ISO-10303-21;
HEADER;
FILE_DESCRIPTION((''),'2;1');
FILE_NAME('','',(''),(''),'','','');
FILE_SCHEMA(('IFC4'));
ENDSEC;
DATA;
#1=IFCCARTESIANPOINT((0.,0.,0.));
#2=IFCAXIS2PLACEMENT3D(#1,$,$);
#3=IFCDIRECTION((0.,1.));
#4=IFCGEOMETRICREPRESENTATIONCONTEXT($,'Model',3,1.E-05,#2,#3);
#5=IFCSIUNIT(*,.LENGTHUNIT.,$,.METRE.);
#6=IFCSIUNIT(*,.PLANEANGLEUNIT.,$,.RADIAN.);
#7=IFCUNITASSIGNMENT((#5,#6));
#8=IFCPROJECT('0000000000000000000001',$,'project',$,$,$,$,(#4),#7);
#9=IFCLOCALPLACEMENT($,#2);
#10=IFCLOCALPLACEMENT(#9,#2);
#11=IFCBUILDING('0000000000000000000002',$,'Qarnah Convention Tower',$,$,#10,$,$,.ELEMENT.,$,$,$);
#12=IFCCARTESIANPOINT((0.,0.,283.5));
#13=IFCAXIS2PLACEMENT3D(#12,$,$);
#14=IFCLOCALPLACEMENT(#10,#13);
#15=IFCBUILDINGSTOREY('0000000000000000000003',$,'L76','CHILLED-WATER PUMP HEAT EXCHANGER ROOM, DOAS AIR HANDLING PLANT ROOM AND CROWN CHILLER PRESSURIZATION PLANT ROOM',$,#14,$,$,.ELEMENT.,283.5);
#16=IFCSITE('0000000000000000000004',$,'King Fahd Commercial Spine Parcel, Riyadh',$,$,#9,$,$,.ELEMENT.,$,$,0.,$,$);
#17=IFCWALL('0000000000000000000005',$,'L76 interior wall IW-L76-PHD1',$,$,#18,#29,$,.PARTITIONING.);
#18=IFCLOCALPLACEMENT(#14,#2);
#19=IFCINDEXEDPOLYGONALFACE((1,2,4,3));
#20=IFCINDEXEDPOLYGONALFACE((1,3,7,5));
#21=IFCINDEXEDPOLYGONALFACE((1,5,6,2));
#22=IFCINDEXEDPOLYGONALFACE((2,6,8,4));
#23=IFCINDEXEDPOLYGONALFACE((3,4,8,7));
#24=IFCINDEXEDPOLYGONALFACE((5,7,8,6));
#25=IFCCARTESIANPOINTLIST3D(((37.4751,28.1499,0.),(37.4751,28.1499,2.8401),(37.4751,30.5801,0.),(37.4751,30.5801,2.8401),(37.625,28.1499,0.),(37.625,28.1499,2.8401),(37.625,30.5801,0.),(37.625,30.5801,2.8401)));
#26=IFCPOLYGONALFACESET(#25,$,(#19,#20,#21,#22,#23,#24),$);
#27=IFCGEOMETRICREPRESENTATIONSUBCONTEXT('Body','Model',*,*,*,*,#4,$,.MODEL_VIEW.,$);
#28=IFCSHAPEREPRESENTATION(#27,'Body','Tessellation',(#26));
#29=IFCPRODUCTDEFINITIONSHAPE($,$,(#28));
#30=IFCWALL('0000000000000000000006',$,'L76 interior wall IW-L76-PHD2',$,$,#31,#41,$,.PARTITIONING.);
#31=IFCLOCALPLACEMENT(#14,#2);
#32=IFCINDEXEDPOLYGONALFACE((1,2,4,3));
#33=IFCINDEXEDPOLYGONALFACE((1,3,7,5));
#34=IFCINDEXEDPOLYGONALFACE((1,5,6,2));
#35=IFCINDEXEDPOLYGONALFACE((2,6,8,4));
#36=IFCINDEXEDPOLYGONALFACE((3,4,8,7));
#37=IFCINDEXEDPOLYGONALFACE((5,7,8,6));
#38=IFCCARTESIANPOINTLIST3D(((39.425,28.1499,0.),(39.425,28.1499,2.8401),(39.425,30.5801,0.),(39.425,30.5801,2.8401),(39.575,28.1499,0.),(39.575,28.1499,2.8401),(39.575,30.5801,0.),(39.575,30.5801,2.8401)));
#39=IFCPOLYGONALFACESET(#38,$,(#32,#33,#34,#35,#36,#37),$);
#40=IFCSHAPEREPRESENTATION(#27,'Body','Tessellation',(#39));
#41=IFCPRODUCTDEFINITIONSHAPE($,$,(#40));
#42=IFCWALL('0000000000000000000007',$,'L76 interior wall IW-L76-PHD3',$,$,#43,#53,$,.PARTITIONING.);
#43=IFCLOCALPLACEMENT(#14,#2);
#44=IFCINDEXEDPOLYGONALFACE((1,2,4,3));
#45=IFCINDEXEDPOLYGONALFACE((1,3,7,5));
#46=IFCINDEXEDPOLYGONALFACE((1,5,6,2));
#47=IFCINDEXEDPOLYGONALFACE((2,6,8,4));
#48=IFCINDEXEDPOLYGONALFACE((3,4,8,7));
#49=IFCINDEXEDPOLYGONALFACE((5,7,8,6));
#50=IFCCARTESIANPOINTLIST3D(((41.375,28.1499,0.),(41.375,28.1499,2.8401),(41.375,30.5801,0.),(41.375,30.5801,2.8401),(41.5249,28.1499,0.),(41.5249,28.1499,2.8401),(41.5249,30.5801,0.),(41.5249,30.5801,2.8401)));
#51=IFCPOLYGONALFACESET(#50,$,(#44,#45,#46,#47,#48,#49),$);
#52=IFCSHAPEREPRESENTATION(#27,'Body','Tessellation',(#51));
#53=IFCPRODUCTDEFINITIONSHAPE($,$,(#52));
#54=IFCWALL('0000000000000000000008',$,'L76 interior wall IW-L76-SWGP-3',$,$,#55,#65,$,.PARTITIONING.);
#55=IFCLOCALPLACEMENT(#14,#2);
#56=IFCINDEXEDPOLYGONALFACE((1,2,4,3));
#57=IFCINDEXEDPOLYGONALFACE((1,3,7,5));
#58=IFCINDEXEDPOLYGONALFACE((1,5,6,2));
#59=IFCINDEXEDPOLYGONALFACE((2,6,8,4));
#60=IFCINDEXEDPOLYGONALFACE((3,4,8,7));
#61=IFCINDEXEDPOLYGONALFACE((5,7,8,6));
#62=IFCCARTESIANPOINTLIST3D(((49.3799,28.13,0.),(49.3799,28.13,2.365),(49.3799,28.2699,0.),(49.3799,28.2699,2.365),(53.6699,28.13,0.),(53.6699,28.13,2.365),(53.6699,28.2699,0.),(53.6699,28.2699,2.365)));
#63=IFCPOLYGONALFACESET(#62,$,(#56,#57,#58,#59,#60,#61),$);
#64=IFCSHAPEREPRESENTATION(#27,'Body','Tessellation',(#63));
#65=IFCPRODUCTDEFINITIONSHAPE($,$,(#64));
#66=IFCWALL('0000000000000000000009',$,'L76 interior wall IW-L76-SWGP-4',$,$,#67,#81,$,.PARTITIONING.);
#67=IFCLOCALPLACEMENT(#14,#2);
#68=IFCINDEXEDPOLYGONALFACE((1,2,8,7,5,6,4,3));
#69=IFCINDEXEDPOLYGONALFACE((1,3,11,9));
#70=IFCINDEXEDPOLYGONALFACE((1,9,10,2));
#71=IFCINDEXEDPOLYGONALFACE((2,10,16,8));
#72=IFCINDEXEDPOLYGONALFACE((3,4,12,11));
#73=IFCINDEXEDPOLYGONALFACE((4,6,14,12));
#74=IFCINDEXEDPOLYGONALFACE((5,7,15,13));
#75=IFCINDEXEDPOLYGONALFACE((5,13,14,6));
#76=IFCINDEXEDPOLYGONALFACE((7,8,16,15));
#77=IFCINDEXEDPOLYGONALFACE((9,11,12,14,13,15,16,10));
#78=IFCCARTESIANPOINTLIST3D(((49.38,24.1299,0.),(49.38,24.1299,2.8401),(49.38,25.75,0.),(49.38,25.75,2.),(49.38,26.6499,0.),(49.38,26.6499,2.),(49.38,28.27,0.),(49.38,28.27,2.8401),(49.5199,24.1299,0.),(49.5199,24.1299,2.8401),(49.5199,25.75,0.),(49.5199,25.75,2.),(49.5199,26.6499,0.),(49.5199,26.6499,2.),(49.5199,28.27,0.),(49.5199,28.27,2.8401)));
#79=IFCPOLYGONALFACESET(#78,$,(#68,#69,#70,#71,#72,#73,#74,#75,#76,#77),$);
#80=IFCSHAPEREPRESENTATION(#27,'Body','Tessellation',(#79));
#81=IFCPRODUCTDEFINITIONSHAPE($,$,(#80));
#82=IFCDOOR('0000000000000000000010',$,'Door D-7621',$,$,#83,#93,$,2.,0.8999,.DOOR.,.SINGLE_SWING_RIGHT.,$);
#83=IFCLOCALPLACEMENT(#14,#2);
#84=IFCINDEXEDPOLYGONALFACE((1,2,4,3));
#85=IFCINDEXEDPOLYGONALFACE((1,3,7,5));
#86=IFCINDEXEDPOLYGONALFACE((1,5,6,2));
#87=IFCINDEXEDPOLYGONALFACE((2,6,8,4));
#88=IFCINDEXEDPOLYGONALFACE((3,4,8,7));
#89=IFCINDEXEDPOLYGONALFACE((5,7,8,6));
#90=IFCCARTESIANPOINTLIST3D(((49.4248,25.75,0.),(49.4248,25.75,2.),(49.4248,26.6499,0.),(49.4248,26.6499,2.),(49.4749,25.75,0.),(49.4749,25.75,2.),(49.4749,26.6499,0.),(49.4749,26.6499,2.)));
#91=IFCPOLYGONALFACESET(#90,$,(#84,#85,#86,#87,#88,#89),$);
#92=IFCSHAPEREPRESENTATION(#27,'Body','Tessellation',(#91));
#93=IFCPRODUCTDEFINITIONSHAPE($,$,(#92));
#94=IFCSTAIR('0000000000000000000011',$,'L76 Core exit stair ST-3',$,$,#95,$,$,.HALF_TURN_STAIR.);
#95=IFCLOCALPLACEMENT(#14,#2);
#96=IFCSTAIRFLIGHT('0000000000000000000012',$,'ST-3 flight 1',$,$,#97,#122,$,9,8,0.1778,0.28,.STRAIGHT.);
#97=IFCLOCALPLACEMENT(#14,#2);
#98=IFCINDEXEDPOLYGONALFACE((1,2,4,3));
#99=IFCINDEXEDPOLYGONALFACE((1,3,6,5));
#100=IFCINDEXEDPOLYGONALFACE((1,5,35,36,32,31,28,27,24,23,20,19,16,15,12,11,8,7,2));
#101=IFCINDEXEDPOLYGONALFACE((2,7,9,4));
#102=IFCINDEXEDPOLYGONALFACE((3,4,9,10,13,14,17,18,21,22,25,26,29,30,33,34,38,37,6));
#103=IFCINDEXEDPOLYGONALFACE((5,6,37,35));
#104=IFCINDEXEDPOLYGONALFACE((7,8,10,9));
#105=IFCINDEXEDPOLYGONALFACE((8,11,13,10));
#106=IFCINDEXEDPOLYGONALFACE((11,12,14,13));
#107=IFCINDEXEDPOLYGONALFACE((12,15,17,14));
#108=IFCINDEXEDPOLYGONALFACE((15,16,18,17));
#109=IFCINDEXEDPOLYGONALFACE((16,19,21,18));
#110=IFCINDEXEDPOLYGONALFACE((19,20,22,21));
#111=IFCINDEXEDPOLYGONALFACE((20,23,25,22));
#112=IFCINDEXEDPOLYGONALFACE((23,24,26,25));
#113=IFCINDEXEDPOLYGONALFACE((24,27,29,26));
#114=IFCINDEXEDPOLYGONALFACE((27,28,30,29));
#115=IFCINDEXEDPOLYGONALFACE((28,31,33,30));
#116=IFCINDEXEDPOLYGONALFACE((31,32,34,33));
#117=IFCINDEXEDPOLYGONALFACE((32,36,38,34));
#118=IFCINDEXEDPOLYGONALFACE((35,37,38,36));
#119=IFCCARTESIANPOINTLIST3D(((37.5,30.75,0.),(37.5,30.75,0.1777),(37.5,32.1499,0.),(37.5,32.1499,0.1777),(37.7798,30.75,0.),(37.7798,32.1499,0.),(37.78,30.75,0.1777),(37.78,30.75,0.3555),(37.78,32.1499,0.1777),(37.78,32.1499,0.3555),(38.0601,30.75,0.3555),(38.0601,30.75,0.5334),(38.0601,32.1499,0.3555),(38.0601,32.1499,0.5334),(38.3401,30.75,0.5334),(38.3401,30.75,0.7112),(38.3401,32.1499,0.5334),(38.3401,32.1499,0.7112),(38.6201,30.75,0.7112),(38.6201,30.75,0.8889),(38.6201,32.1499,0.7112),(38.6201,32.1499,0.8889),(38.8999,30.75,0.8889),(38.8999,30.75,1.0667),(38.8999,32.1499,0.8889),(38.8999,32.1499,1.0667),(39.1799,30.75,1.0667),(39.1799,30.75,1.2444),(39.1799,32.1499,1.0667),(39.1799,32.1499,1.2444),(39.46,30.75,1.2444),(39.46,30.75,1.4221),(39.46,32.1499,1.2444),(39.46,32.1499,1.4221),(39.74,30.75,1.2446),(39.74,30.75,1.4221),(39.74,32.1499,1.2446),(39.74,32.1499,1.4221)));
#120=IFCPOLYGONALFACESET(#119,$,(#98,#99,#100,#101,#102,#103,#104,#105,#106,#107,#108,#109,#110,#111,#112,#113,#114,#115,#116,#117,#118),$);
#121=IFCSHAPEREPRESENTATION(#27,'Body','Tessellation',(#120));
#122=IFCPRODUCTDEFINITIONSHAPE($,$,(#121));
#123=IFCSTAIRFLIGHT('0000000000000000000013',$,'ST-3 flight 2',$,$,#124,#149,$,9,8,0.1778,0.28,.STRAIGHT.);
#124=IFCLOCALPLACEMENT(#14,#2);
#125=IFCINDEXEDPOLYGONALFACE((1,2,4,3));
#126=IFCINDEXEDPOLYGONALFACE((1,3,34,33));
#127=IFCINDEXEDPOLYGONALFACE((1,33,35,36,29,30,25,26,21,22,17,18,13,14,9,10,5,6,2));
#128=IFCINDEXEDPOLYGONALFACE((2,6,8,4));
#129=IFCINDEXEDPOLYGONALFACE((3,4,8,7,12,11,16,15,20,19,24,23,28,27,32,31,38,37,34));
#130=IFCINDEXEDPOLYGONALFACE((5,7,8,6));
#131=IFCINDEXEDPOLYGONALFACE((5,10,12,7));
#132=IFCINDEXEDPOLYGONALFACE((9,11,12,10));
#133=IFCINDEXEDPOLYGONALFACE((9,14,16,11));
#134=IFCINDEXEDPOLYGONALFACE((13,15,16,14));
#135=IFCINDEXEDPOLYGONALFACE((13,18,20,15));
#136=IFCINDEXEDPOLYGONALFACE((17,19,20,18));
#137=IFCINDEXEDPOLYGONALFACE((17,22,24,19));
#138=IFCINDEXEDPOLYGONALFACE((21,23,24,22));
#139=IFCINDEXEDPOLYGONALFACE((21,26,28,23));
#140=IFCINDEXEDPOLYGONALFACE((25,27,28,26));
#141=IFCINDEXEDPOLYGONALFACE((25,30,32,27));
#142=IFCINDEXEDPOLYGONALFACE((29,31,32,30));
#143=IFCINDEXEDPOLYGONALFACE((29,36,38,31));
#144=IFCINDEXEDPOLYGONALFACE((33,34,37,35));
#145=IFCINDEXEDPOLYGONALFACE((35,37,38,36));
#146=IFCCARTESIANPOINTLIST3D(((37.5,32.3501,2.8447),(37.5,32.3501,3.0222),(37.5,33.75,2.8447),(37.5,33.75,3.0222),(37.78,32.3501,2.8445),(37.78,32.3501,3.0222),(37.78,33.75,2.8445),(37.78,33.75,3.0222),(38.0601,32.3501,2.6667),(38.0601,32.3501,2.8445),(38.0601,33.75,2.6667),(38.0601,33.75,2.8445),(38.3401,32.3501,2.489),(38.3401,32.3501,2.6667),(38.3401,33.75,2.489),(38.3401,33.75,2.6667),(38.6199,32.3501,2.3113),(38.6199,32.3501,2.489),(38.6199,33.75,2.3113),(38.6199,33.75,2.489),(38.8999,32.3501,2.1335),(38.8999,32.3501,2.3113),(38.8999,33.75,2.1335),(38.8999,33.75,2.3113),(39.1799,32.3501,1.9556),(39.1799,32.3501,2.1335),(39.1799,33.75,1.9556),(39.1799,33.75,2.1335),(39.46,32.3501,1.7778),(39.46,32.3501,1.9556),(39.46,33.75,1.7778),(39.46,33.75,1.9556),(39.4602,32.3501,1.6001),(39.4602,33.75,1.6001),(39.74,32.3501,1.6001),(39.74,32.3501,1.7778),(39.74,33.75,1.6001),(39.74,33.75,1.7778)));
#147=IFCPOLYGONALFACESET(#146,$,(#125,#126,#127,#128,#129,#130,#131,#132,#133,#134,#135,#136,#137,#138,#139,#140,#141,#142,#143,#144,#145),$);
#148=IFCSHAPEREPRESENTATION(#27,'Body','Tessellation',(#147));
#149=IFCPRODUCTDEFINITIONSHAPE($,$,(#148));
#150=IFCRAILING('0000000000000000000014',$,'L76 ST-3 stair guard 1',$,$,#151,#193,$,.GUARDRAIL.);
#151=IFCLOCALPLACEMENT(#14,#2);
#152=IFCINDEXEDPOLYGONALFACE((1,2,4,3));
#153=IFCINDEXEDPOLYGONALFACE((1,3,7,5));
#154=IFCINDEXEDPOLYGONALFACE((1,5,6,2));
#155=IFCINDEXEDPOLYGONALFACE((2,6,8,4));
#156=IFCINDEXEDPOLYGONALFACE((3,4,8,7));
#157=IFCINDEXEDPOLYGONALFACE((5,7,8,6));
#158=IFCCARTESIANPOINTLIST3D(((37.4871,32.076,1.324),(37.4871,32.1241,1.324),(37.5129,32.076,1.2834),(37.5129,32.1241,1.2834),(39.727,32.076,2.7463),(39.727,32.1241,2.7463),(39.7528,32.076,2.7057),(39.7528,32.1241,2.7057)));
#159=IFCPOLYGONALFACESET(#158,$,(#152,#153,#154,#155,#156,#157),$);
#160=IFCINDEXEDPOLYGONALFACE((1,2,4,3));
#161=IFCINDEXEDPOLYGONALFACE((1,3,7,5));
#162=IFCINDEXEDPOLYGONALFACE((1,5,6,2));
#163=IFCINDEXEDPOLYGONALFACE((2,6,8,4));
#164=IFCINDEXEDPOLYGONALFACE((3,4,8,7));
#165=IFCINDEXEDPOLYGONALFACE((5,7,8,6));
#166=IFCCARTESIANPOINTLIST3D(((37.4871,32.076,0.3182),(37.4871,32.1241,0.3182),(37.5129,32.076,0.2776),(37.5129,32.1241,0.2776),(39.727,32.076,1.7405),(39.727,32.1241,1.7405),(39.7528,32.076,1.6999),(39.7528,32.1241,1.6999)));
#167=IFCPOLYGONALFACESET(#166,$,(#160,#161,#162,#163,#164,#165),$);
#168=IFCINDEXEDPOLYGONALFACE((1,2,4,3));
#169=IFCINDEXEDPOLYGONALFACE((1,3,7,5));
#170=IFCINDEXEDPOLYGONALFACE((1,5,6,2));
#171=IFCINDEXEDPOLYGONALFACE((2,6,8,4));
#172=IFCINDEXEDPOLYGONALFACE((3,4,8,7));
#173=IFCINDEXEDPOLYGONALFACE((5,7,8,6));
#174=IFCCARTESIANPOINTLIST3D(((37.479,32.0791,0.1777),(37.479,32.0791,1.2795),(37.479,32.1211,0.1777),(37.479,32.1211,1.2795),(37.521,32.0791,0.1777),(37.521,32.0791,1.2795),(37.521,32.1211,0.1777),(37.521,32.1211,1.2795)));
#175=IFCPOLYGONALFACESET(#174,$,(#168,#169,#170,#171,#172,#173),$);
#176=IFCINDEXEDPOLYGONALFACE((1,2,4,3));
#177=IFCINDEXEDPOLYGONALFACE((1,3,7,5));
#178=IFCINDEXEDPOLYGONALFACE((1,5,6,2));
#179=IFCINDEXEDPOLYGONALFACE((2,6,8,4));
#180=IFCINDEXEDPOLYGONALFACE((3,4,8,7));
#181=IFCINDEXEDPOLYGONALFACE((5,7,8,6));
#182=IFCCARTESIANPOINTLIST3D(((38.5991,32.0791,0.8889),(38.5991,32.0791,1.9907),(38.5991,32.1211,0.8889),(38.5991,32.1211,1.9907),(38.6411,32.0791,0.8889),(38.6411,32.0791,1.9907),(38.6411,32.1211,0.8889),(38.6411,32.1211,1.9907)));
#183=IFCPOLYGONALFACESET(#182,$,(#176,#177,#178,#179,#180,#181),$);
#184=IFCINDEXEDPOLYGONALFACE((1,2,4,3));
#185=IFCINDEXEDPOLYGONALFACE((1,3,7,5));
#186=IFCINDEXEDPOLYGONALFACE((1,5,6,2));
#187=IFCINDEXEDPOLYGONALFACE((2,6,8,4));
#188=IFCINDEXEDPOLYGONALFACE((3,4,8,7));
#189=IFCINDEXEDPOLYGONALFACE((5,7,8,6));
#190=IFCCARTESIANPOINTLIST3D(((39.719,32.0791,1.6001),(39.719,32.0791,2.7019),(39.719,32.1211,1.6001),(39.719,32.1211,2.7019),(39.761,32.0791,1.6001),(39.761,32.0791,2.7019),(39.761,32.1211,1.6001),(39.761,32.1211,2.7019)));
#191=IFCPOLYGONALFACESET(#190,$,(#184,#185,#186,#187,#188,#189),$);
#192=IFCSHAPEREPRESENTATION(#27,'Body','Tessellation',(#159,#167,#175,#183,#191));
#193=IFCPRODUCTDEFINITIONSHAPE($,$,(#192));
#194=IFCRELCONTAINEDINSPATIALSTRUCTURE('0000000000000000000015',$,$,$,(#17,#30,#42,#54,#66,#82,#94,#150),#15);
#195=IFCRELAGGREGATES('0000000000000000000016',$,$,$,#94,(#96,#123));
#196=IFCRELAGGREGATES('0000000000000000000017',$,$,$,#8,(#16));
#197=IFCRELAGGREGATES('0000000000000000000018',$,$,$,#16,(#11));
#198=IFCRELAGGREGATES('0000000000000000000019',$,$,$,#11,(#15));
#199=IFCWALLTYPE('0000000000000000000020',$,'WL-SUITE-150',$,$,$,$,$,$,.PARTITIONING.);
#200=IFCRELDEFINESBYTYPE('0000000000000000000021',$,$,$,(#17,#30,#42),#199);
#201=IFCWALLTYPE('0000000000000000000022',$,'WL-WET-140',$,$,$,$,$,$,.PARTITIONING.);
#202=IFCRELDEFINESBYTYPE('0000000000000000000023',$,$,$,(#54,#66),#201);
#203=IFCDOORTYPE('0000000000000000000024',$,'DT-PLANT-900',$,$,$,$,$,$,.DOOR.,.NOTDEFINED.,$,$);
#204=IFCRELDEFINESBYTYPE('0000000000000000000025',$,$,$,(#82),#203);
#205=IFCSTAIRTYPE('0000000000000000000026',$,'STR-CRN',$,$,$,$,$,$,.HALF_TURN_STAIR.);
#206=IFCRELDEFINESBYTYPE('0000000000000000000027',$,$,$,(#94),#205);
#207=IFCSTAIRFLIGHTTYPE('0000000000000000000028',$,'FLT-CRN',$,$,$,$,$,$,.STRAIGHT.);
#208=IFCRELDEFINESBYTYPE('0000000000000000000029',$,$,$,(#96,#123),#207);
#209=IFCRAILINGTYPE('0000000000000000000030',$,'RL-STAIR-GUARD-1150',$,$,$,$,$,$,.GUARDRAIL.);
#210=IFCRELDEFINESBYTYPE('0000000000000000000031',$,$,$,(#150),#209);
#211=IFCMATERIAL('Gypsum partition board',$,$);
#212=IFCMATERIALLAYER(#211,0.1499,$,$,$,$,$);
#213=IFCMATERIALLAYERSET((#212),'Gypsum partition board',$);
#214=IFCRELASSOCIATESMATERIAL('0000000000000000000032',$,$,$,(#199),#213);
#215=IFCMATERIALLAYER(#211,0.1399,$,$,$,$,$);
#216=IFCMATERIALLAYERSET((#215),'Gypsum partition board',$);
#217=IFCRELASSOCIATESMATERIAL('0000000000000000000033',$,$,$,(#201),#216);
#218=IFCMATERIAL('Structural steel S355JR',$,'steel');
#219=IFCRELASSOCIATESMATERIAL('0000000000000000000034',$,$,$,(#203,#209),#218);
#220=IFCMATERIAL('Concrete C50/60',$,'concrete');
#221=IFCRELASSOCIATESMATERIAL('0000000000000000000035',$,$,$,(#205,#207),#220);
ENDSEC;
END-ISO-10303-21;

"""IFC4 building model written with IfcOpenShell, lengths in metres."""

from ifc_helpers import new_model, si_unit, direction, frame, frame_2d, origin, origin_2d, place, context, subcontext, project, spatial, polyline, rectangle, outline, extrude, material, layer, layer_set, type_object, element, fill, aggregate, save


model = new_model("IFC4")

# Units and contexts
model_context = context("Model", 3, precision=1e-05, world=origin(), true_north=direction((0.0, 1.0)))
body_context = subcontext(model_context, "Body", "Model", "MODEL_VIEW")
ifc_project = project(units=[si_unit("LENGTHUNIT", "METRE"), si_unit("PLANEANGLEUNIT", "RADIAN")], contexts=[model_context])

# Site, building, storey
site_placement = place(None, origin())
site = spatial("IfcSite", under=ifc_project, at=site_placement, Name="King Fahd Commercial Spine Parcel, Riyadh", CompositionType="ELEMENT", RefElevation=0.0)
building_placement = place(site_placement, origin())
building = spatial("IfcBuilding", under=site, at=building_placement, Name="Qarnah Convention Tower", CompositionType="ELEMENT")
storey_placement = place(building_placement, frame((0.0, 0.0, 283.5)))
storey = spatial("IfcBuildingStorey", under=building, at=storey_placement, Name="L76", Description="CHILLED-WATER PUMP HEAT EXCHANGER ROOM, DOAS AIR HANDLING PLANT ROOM AND CROWN CHILLER PRESSURIZATION PLANT ROOM", CompositionType="ELEMENT", Elevation=283.5)

# Shared definitions
ifc_material_1 = material(Name="Structural steel S355JR", Category="steel")

# Walls
ifc_material_2 = material(Name="Gypsum partition board")
ifc_layer_1 = layer(ifc_material_2, 0.1499)
ifc_layer_set_1 = layer_set([ifc_layer_1], Name="Gypsum partition board")
wall_type_1 = type_object("IfcWallType", Name="WL-SUITE-150", PredefinedType="PARTITIONING", material=ifc_layer_set_1)
for number, where, z_axis, x_axis, name in (
    (1, (37.55, 28.1499, 0.0), (0.0, 0.0, 1.0), (0.0, 1.0, 0.0), "L76 interior wall IW-L76-PHD1"),
    (2, (39.5, 28.1499, 0.0), (0.0, 0.0, 1.0), (0.0, 1.0, 0.0), "L76 interior wall IW-L76-PHD2"),
    (3, (41.45, 28.1499, 0.0), (0.0, 0.0, 1.0), (0.0, 1.0, 0.0), "L76 interior wall IW-L76-PHD3"),
):
    element("IfcWall", number, at=place(storey_placement, frame(where, z_axis=z_axis, x_axis=x_axis)), inside=storey, type_object=wall_type_1, Name=name, PredefinedType="PARTITIONING", context=body_context, shape_type="SweptSolid", body=[
        extrude(rectangle(XDim=2.4302, YDim=0.1499, at=frame_2d((1.2151, 0.0))), origin(), (0.0, 0.0, 1.0), 2.8401),
    ])
ifc_layer_2 = layer(ifc_material_2, 0.1399)
ifc_layer_set_2 = layer_set([ifc_layer_2], Name="Gypsum partition board")
wall_type_2 = type_object("IfcWallType", Name="WL-WET-140", PredefinedType="PARTITIONING", material=ifc_layer_set_2)
wall_1_placement = place(storey_placement, frame((53.6699, 28.2, 0.0), z_axis=(0.0, 0.0, 1.0), x_axis=(-1.0, 0.0, 0.0)))
element("IfcWall", 4, at=wall_1_placement, inside=storey, type_object=wall_type_2, Name="L76 interior wall IW-L76-SWGP-3", PredefinedType="PARTITIONING", context=body_context, shape_type="SweptSolid", body=[
    extrude(rectangle(XDim=4.29, YDim=0.1399, at=frame_2d((2.145, 0.0))), origin(), (0.0, 0.0, 1.0), 2.365),
])

# Wall, opening, door
wall_2_placement = place(storey_placement, frame((49.45, 28.27, 0.0), z_axis=(0.0, 0.0, 1.0), x_axis=(0.0, -1.0, 0.0)))
wall_2 = element("IfcWall", 5, at=wall_2_placement, inside=storey, type_object=wall_type_2, Name="L76 interior wall IW-L76-SWGP-4", PredefinedType="PARTITIONING", context=body_context, shape_type="SweptSolid", body=[
    extrude(rectangle(XDim=4.1401, YDim=0.1399, at=frame_2d((2.0701, 0.0))), origin(), (0.0, 0.0, 1.0), 2.8401),
])
opening_1_placement = place(wall_2_placement, frame((1.6201, 0.0, 0.0)))
opening_1 = element("IfcOpeningElement", 6, at=opening_1_placement, cuts=wall_2, PredefinedType="OPENING", context=body_context, shape_type="SweptSolid", body=[
    extrude(rectangle(XDim=0.8999, YDim=2.0, at=frame_2d((0.45, 1.0))), frame((0.0, 0.0798, 0.0), z_axis=(0.0, -1.0, 0.0), x_axis=(1.0, 0.0, 0.0)), (0.0, 0.0, 1.0), 0.1599),
])
door_type_1 = type_object("IfcDoorType", Name="DT-PLANT-900", OperationType="NOTDEFINED", PredefinedType="DOOR", material=ifc_material_1)
door_1_placement = place(opening_1_placement, origin())
door_1 = element("IfcDoor", 7, at=door_1_placement, inside=storey, type_object=door_type_1, Name="Door D-7621", OperationType="SINGLE_SWING_RIGHT", OverallHeight=2.0, OverallWidth=0.8999, PredefinedType="DOOR", context=body_context, shape_type="SweptSolid", body=[
    extrude(rectangle(XDim=0.8999, YDim=2.0, at=frame_2d((0.45, 1.0))), frame((0.0, 0.0249, 0.0), z_axis=(0.0, -1.0, 0.0), x_axis=(1.0, 0.0, 0.0)), (0.0, 0.0, 1.0), 0.05),
])
fill(opening_1, door_1)

# Stair, stair flights
ifc_material_3 = material(Name="Concrete C50/60", Category="concrete")
stair_type = type_object("IfcStairType", Name="STR-CRN", PredefinedType="HALF_TURN_STAIR", material=ifc_material_3)
stair_placement = place(storey_placement, origin())
stair = element("IfcStair", 8, at=stair_placement, inside=storey, type_object=stair_type, Name="L76 Core exit stair ST-3", PredefinedType="HALF_TURN_STAIR")
stair_flight_type = type_object("IfcStairFlightType", Name="FLT-CRN", PredefinedType="STRAIGHT", material=ifc_material_3)
stair_flight_1_placement = place(storey_placement, frame((37.5, 31.45, 0.0), z_axis=(0.0, 0.0, 1.0), x_axis=(1.0, 0.0, 0.0)))
stair_flight_1 = element("IfcStairFlight", 9, at=stair_flight_1_placement, type_object=stair_flight_type, Name="ST-3 flight 1", NumberOfRisers=9, NumberOfTreads=8, PredefinedType="STRAIGHT", RiserHeight=0.1778, TreadLength=0.28, context=body_context, shape_type="SweptSolid", body=[
    extrude(outline(polyline([(0.0, 0.0), (0.0, 0.1777), (0.28, 0.1777), (0.28, 0.3555), (0.5601, 0.3555), (0.5601, 0.5334), (0.8401, 0.5334), (0.8401, 0.7112), (1.1201, 0.7112), (1.1201, 0.8889), (1.3999, 0.8889), (1.3999, 1.0667), (1.6799, 1.0667), (1.6799, 1.2444), (1.96, 1.2444), (1.96, 1.4221), (2.24, 1.4221), (2.24, 1.6001), (2.24, 1.2446), (0.2798, 0.0), (0.0, 0.0)])), frame((0.0, 0.7, 0.0), z_axis=(0.0, -1.0, 0.0), x_axis=(1.0, 0.0, 0.0)), (0.0, 0.0, 1.0), 1.3999),
])
stair_flight_2_placement = place(storey_placement, frame((39.74, 33.05, 1.6001), z_axis=(0.0, 0.0, 1.0), x_axis=(-1.0, 0.0, 0.0)))
stair_flight_2 = element("IfcStairFlight", 10, at=stair_flight_2_placement, type_object=stair_flight_type, Name="ST-3 flight 2", NumberOfRisers=9, NumberOfTreads=8, PredefinedType="STRAIGHT", RiserHeight=0.1778, TreadLength=0.28, context=body_context, shape_type="SweptSolid", body=[
    extrude(outline(polyline([(0.0, 0.0), (0.0, 0.1777), (0.28, 0.1777), (0.28, 0.3555), (0.5601, 0.3555), (0.5601, 0.5334), (0.8401, 0.5334), (0.8401, 0.7112), (1.1201, 0.7112), (1.1201, 0.8889), (1.3999, 0.8889), (1.3999, 1.0667), (1.6799, 1.0667), (1.6799, 1.2444), (1.96, 1.2444), (1.96, 1.4221), (2.24, 1.4221), (2.24, 1.6001), (2.24, 1.2446), (0.2798, 0.0), (0.0, 0.0)])), frame((0.0, 0.7, 0.0), z_axis=(0.0, -1.0, 0.0), x_axis=(1.0, 0.0, 0.0)), (0.0, 0.0, 1.0), 1.3999),
])
aggregate(stair, [stair_flight_1, stair_flight_2])

# Railing
railing_type_1 = type_object("IfcRailingType", Name="RL-STAIR-GUARD-1150", PredefinedType="GUARDRAIL", material=ifc_material_1)
railing_1_placement = place(storey_placement, frame((37.5, 32.1001, 0.1777)))
element("IfcRailing", 11, at=railing_1_placement, inside=storey, type_object=railing_type_1, Name="L76 ST-3 stair guard 1", PredefinedType="GUARDRAIL", context=body_context, shape_type="SweptSolid", body=[
    extrude(rectangle(XDim=0.0481, YDim=0.0481, at=origin_2d()), frame((0.0, 0.0, 1.126), z_axis=(0.844188, 0.0, 0.536048), x_axis=(0.0, 1.0, 0.0)), (0.0, 0.0, 1.0), 2.6533),
    extrude(rectangle(XDim=0.0481, YDim=0.0481, at=origin_2d()), frame((0.0, 0.0, 0.1201), z_axis=(0.844188, 0.0, 0.536048), x_axis=(0.0, 1.0, 0.0)), (0.0, 0.0, 1.0), 2.6533),
    extrude(rectangle(XDim=0.042, YDim=0.042, at=origin_2d()), origin(), (0.0, 0.0, 1.0), 1.1018),
    extrude(rectangle(XDim=0.042, YDim=0.042, at=origin_2d()), frame((1.1201, 0.0, 0.7112)), (0.0, 0.0, 1.0), 1.1018),
    extrude(rectangle(XDim=0.042, YDim=0.042, at=origin_2d()), frame((2.24, 0.0, 1.4224)), (0.0, 0.0, 1.0), 1.1018),
])

save(model, "model.ifc")
